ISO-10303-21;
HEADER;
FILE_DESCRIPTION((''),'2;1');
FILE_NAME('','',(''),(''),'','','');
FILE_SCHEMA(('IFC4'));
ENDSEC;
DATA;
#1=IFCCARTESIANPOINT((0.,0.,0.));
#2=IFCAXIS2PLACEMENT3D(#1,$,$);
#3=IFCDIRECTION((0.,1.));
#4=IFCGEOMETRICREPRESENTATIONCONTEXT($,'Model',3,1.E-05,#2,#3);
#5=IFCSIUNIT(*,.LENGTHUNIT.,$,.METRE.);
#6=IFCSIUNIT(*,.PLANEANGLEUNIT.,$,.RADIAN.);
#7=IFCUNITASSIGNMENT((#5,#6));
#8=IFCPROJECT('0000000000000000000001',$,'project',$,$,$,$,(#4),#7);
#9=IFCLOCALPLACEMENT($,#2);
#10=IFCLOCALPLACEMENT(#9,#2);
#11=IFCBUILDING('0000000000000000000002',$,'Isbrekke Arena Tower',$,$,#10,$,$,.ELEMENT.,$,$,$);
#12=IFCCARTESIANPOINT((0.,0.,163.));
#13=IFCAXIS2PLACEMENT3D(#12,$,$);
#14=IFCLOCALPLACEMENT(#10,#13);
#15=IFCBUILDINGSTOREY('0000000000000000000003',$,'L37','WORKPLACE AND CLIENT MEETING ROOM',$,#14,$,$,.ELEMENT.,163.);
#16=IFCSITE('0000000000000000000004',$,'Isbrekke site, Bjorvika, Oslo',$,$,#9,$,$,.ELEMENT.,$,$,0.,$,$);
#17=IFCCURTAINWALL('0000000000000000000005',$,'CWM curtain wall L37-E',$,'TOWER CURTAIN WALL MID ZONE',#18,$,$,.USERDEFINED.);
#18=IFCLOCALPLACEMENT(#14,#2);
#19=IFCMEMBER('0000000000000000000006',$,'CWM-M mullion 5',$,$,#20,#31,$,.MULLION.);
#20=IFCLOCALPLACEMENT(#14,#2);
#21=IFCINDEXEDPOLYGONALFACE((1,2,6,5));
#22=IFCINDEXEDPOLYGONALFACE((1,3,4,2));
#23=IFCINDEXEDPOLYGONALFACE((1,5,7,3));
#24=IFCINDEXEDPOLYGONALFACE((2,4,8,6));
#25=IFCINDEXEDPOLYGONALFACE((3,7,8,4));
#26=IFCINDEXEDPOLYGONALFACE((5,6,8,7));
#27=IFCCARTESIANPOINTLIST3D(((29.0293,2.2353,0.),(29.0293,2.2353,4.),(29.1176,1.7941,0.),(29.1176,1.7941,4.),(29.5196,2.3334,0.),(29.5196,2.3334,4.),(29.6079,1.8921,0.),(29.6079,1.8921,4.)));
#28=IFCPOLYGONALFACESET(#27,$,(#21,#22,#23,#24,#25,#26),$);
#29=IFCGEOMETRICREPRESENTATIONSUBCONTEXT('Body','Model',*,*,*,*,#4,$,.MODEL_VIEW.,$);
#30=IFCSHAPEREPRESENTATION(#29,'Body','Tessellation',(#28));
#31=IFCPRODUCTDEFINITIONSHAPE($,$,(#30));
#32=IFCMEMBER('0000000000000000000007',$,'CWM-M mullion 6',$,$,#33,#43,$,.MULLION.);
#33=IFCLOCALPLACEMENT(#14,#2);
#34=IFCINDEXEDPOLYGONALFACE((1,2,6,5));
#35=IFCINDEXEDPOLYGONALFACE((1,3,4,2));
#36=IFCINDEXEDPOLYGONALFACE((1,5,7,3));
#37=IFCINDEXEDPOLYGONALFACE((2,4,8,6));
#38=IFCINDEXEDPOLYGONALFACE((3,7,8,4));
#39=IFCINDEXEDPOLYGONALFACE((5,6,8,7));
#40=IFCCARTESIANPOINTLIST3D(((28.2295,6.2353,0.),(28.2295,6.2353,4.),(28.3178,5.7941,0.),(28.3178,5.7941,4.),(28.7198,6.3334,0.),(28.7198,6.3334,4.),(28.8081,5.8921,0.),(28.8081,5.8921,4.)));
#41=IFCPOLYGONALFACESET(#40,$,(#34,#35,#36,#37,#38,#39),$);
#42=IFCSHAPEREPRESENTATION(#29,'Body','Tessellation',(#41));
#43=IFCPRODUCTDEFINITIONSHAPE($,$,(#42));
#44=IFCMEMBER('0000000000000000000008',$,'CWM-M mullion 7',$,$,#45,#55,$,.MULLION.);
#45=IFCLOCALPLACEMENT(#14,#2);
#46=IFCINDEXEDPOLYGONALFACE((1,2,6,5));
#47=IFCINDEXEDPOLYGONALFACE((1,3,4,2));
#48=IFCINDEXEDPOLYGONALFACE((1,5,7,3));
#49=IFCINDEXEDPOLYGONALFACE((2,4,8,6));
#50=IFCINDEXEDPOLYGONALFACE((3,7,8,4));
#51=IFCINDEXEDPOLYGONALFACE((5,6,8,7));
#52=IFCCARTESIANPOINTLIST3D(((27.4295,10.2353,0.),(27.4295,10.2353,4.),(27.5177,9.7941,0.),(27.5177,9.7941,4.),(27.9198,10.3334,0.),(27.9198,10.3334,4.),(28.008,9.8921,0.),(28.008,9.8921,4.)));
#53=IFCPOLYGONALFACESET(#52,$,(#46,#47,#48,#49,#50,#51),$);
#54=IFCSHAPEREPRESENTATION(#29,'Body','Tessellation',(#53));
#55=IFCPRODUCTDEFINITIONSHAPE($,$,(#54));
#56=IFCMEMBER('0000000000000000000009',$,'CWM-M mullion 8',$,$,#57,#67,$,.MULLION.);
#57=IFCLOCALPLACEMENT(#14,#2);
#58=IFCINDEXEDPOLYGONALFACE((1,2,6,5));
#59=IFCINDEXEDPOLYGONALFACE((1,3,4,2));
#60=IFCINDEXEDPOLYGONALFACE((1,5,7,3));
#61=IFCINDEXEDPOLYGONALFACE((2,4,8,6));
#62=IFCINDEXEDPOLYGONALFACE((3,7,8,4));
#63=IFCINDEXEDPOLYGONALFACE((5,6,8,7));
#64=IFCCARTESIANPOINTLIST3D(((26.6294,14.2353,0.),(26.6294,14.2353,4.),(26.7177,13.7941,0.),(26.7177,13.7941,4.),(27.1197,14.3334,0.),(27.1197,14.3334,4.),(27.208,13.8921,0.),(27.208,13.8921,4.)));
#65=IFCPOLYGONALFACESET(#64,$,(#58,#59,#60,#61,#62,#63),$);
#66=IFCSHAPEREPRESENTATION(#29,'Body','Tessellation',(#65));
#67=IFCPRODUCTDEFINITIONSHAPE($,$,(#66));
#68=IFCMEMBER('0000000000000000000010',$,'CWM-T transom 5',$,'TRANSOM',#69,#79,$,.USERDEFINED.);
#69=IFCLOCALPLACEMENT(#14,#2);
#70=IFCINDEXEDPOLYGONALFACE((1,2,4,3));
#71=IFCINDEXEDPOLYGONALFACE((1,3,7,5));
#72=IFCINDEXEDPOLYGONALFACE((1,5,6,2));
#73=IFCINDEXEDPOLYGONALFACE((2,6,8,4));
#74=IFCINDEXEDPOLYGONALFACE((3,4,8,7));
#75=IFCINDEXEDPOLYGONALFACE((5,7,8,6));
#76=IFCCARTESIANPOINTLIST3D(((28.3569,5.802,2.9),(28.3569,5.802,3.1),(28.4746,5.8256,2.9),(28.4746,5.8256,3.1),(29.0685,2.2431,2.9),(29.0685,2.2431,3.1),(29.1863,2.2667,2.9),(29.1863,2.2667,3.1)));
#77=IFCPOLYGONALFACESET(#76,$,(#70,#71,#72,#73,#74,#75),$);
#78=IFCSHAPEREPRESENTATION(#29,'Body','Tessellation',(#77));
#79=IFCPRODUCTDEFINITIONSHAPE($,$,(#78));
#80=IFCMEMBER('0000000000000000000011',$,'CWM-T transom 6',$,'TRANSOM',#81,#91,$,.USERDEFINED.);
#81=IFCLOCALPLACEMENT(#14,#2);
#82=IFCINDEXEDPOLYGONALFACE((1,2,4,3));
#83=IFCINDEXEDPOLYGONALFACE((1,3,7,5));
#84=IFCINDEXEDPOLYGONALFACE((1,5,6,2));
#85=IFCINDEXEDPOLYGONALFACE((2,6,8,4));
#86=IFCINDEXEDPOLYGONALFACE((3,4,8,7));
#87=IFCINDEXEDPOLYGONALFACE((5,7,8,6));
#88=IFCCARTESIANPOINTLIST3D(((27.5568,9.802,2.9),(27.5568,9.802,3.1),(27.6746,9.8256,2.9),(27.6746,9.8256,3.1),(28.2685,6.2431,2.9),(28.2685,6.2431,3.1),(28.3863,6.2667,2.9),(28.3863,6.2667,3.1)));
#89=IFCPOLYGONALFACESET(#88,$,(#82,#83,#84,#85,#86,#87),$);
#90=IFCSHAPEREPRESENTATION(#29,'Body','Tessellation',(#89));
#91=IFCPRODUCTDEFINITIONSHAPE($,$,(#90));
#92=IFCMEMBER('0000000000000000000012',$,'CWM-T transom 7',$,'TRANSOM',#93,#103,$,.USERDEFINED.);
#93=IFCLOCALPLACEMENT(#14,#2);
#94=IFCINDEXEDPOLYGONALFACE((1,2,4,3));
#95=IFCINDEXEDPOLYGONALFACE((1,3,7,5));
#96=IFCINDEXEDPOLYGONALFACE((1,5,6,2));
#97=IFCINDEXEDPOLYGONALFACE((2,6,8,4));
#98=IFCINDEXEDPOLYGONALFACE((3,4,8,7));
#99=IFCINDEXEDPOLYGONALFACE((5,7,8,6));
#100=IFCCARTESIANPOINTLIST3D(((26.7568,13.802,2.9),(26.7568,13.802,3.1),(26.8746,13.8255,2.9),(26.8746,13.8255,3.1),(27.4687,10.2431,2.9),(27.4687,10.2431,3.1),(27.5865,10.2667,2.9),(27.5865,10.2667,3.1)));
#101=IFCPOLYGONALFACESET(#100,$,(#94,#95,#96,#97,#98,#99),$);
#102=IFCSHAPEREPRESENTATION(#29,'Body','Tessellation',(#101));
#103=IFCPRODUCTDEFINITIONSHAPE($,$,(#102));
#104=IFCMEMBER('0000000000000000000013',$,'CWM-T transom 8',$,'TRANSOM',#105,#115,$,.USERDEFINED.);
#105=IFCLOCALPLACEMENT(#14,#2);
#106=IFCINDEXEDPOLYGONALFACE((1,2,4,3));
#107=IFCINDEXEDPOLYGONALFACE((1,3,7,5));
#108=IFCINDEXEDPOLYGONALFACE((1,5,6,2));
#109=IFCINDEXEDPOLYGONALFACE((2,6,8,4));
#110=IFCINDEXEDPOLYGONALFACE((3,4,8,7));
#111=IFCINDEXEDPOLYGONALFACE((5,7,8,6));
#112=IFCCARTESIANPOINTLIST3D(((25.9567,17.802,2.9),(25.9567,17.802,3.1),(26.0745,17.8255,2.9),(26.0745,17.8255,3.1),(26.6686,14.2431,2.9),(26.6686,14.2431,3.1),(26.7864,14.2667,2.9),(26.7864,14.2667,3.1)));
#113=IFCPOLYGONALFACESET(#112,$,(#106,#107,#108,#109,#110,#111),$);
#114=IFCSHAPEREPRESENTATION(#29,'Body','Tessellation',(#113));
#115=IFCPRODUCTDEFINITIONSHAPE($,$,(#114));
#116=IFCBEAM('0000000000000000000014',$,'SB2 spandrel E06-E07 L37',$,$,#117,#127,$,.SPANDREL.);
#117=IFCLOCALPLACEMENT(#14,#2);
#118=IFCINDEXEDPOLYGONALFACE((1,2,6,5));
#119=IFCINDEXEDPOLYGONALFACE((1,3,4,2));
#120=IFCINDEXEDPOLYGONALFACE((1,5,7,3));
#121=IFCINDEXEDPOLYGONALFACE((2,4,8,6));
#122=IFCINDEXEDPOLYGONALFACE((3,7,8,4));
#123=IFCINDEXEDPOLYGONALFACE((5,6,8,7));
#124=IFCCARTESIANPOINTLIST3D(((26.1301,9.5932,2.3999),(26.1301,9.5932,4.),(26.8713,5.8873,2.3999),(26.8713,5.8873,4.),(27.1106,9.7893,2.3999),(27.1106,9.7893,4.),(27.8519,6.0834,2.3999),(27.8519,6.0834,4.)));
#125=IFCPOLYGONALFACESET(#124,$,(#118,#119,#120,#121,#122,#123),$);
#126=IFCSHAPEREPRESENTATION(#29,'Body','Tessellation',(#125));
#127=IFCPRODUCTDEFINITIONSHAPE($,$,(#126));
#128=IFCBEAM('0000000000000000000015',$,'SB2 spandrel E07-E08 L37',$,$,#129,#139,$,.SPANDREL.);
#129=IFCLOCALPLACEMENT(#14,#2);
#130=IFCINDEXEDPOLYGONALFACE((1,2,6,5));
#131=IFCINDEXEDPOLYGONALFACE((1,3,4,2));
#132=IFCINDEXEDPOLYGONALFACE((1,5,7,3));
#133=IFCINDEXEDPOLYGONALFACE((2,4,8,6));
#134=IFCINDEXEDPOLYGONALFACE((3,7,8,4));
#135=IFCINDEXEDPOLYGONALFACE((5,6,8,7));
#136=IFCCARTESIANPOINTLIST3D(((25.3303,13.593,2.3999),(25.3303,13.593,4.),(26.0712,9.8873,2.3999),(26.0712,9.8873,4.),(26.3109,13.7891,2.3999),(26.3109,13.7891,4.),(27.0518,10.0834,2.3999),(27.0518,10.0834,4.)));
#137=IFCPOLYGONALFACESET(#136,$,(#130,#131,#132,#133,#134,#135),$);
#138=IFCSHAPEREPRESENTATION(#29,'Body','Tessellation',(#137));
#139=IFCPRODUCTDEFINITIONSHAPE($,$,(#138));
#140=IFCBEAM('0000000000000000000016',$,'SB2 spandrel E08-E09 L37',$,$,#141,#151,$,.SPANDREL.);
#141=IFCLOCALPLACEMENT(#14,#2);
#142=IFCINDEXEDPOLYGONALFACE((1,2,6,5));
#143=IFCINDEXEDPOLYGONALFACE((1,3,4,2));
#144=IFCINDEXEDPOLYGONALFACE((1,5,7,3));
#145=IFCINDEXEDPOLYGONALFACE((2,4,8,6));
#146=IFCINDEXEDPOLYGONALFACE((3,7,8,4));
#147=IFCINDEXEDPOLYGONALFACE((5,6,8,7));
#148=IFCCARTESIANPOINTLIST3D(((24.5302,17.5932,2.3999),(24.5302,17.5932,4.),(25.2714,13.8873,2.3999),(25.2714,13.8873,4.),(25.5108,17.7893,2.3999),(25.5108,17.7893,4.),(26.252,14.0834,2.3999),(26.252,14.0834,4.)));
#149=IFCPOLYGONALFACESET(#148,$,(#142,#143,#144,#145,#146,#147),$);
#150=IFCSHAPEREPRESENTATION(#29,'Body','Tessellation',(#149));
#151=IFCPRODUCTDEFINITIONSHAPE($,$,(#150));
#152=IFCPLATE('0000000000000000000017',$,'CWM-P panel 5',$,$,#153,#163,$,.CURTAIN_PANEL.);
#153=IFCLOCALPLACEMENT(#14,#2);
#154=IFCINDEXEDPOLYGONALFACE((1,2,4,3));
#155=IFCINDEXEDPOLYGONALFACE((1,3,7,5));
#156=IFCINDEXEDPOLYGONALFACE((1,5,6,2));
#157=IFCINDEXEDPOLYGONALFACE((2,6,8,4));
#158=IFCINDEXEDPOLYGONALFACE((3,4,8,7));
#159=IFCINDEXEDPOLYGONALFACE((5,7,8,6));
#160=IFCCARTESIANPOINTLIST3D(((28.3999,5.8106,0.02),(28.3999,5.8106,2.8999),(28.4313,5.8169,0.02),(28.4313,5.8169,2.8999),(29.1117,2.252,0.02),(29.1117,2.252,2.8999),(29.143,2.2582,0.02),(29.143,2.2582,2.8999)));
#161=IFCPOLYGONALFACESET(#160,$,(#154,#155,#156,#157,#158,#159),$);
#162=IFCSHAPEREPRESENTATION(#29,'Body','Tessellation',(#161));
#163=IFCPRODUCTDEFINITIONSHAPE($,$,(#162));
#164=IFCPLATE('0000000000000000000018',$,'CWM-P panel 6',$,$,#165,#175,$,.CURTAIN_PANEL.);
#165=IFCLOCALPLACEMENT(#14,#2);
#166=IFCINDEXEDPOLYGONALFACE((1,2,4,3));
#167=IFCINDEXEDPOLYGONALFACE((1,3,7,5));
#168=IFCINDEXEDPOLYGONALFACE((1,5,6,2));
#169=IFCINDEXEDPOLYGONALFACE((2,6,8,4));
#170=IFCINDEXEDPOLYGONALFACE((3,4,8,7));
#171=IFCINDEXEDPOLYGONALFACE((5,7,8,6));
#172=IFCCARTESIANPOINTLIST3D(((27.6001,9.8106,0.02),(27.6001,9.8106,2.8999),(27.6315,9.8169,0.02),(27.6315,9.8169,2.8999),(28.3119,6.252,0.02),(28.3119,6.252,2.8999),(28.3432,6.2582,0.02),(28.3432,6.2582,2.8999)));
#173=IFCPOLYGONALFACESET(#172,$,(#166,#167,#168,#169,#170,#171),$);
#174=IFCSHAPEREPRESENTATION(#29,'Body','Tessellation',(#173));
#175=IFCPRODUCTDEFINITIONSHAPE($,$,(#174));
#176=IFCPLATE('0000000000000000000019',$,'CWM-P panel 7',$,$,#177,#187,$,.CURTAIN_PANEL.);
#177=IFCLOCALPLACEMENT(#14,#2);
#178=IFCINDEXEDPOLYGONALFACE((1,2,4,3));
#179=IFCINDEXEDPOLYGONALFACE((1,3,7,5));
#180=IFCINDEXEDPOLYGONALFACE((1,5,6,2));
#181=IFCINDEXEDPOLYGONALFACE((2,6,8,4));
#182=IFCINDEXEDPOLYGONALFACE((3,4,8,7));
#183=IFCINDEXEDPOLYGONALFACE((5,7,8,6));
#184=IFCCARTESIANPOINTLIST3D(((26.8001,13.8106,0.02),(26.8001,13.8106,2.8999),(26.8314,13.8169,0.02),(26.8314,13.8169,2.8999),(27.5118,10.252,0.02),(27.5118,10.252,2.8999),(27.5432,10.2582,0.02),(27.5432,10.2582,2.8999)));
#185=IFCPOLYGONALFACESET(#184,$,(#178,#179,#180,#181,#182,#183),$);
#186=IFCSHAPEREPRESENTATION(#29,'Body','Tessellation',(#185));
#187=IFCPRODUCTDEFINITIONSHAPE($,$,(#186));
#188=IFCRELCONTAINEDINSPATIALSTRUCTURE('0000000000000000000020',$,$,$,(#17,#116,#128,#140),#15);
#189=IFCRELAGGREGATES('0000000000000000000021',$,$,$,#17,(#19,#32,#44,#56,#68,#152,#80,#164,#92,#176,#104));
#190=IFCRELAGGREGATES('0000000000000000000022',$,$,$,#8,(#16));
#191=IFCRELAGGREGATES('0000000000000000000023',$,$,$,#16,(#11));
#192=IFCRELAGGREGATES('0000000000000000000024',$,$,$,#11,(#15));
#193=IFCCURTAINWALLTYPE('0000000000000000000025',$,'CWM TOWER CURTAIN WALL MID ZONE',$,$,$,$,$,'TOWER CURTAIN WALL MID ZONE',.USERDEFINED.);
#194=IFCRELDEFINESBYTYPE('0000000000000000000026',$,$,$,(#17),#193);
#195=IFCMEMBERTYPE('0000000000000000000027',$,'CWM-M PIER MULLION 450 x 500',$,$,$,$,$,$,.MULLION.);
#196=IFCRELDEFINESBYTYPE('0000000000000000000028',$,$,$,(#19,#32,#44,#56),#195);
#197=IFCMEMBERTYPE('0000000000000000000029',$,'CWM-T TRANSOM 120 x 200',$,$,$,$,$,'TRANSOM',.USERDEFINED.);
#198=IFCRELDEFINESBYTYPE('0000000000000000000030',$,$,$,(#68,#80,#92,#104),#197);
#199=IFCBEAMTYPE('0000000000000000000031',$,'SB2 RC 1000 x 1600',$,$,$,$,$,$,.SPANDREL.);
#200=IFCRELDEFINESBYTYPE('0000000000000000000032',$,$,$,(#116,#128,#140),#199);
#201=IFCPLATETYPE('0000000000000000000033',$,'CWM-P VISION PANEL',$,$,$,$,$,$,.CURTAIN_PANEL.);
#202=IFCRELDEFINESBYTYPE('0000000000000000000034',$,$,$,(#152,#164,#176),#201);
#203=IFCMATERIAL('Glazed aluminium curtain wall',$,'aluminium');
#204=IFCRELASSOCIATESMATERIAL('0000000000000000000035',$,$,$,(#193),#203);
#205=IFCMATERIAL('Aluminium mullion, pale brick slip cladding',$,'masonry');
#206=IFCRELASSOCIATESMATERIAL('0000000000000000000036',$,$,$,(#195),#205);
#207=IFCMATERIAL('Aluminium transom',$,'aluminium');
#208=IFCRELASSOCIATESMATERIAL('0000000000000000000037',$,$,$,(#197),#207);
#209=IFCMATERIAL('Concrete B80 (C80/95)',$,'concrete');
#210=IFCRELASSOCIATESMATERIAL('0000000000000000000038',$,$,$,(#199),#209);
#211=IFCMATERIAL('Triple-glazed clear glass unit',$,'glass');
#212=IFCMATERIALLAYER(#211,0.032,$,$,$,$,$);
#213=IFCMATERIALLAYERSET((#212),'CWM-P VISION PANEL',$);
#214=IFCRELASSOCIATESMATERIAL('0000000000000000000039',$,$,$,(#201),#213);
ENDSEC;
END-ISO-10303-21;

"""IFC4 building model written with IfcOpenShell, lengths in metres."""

from ifc_helpers import new_model, si_unit, direction, frame, origin, origin_2d, place, context, subcontext, project, spatial, rectangle, extrude, material, layer, layer_set, material_profile, profile_set, type_object, element, aggregate, save


model = new_model("IFC4")

# Units and contexts
model_context = context("Model", 3, precision=1e-05, world=origin(), true_north=direction((0.0, 1.0)))
body_context = subcontext(model_context, "Body", "Model", "MODEL_VIEW")
ifc_project = project(units=[si_unit("LENGTHUNIT", "METRE"), si_unit("PLANEANGLEUNIT", "RADIAN")], contexts=[model_context])

# Site, building, storey
site_placement = place(None, origin())
site = spatial("IfcSite", under=ifc_project, at=site_placement, Name="Isbrekke site, Bjorvika, Oslo", CompositionType="ELEMENT", RefElevation=0.0)
building_placement = place(site_placement, origin())
building = spatial("IfcBuilding", under=site, at=building_placement, Name="Isbrekke Arena Tower", CompositionType="ELEMENT")
storey_placement = place(building_placement, frame((0.0, 0.0, 163.0)))
storey = spatial("IfcBuildingStorey", under=building, at=storey_placement, Name="L37", Description="WORKPLACE AND CLIENT MEETING ROOM", CompositionType="ELEMENT", Elevation=163.0)

# Curtain wall, members
ifc_material_1 = material(Name="Glazed aluminium curtain wall", Category="aluminium")
curtain_wall_type = type_object("IfcCurtainWallType", Name="CWM TOWER CURTAIN WALL MID ZONE", ElementType="TOWER CURTAIN WALL MID ZONE", PredefinedType="USERDEFINED", material=ifc_material_1)
curtain_wall_placement = place(storey_placement, origin())
curtain_wall = element("IfcCurtainWall", 1, at=curtain_wall_placement, inside=storey, type_object=curtain_wall_type, Name="CWM curtain wall L37-E", ObjectType="TOWER CURTAIN WALL MID ZONE", PredefinedType="USERDEFINED")
ifc_material_2 = material(Name="Aluminium mullion, pale brick slip cladding", Category="masonry")
ifc_material_profile_1 = material_profile(ifc_material_2, rectangle(XDim=0.45, YDim=0.5, at=origin_2d()), Name="PIER 450X500")
ifc_profile_set_1 = profile_set([ifc_material_profile_1], Name="Aluminium mullion, pale brick slip cladding")
member_type_1 = type_object("IfcMemberType", Name="CWM-M PIER MULLION 450 x 500", PredefinedType="MULLION", material=ifc_profile_set_1)
member_1_placement = place(storey_placement, frame((29.3186, 2.0637, 0.0), z_axis=(0.0, 0.0, 1.0), x_axis=(-0.196116, 0.980581, 0.0)))
member_1 = element("IfcMember", 2, at=member_1_placement, type_object=member_type_1, Name="CWM-M mullion 5", PredefinedType="MULLION", context=body_context, shape_type="SweptSolid", body=[
    extrude(rectangle(XDim=0.45, YDim=0.5, at=origin_2d()), origin(), (0.0, 0.0, 1.0), 4.0),
])
member_2_placement = place(storey_placement, frame((28.5188, 6.0637, 0.0), z_axis=(0.0, 0.0, 1.0), x_axis=(-0.196116, 0.980581, 0.0)))
member_2 = element("IfcMember", 3, at=member_2_placement, type_object=member_type_1, Name="CWM-M mullion 6", PredefinedType="MULLION", context=body_context, shape_type="SweptSolid", body=[
    extrude(rectangle(XDim=0.45, YDim=0.5, at=origin_2d()), origin(), (0.0, 0.0, 1.0), 4.0),
])
member_3_placement = place(storey_placement, frame((27.7188, 10.0637, 0.0), z_axis=(0.0, 0.0, 1.0), x_axis=(-0.196116, 0.980581, 0.0)))
member_3 = element("IfcMember", 4, at=member_3_placement, type_object=member_type_1, Name="CWM-M mullion 7", PredefinedType="MULLION", context=body_context, shape_type="SweptSolid", body=[
    extrude(rectangle(XDim=0.45, YDim=0.5, at=origin_2d()), origin(), (0.0, 0.0, 1.0), 4.0),
])
member_4_placement = place(storey_placement, frame((26.9187, 14.0637, 0.0), z_axis=(0.0, 0.0, 1.0), x_axis=(-0.196116, 0.980581, 0.0)))
member_4 = element("IfcMember", 5, at=member_4_placement, type_object=member_type_1, Name="CWM-M mullion 8", PredefinedType="MULLION", context=body_context, shape_type="SweptSolid", body=[
    extrude(rectangle(XDim=0.45, YDim=0.5, at=origin_2d()), origin(), (0.0, 0.0, 1.0), 4.0),
])
ifc_material_3 = material(Name="Aluminium transom", Category="aluminium")
ifc_material_profile_2 = material_profile(ifc_material_3, rectangle(XDim=0.1201, YDim=0.2, at=origin_2d()), Name="TRANSOM 120X200")
ifc_profile_set_2 = profile_set([ifc_material_profile_2], Name="Aluminium transom")
member_type_2 = type_object("IfcMemberType", Name="CWM-T TRANSOM 120 x 200", ElementType="TRANSOM", PredefinedType="USERDEFINED", material=ifc_profile_set_2)
member_5_placement = place(storey_placement, frame((29.1274, 2.2549, 3.0), z_axis=(-0.19609, 0.980586, 0.0), x_axis=(-0.980586, -0.19609, 0.0)))
member_5 = element("IfcMember", 6, at=member_5_placement, type_object=member_type_2, Name="CWM-T transom 5", ObjectType="TRANSOM", PredefinedType="USERDEFINED", context=body_context, shape_type="SweptSolid", body=[
    extrude(rectangle(XDim=0.1201, YDim=0.2, at=origin_2d()), origin(), (0.0, 0.0, 1.0), 3.6294),
])
member_6_placement = place(storey_placement, frame((28.3274, 6.2549, 3.0), z_axis=(-0.19609, 0.980586, 0.0), x_axis=(-0.980586, -0.19609, 0.0)))
member_6 = element("IfcMember", 7, at=member_6_placement, type_object=member_type_2, Name="CWM-T transom 6", ObjectType="TRANSOM", PredefinedType="USERDEFINED", context=body_context, shape_type="SweptSolid", body=[
    extrude(rectangle(XDim=0.1201, YDim=0.2, at=origin_2d()), origin(), (0.0, 0.0, 1.0), 3.6294),
])
member_7_placement = place(storey_placement, frame((27.5276, 10.2549, 3.0), z_axis=(-0.196155, 0.980573, 0.0), x_axis=(-0.980573, -0.196155, 0.0)))
member_7 = element("IfcMember", 8, at=member_7_placement, type_object=member_type_2, Name="CWM-T transom 7", ObjectType="TRANSOM", PredefinedType="USERDEFINED", context=body_context, shape_type="SweptSolid", body=[
    extrude(rectangle(XDim=0.1201, YDim=0.2, at=origin_2d()), origin(), (0.0, 0.0, 1.0), 3.6294),
])
member_8_placement = place(storey_placement, frame((26.7275, 14.2549, 3.0), z_axis=(-0.196155, 0.980573, 0.0), x_axis=(-0.980573, -0.196155, 0.0)))
member_8 = element("IfcMember", 9, at=member_8_placement, type_object=member_type_2, Name="CWM-T transom 8", ObjectType="TRANSOM", PredefinedType="USERDEFINED", context=body_context, shape_type="SweptSolid", body=[
    extrude(rectangle(XDim=0.1201, YDim=0.2, at=origin_2d()), origin(), (0.0, 0.0, 1.0), 3.6294),
])

# Beams
ifc_material_4 = material(Name="Concrete B80 (C80/95)", Category="concrete")
ifc_material_profile_3 = material_profile(ifc_material_4, rectangle(XDim=1.0, YDim=1.6001, at=origin_2d()), Name="RC 1000x1600")
ifc_profile_set_3 = profile_set([ifc_material_profile_3], Name="Concrete B80 (C80/95)")
beam_type_1 = type_object("IfcBeamType", Name="SB2 RC 1000 x 1600", PredefinedType="SPANDREL", material=ifc_profile_set_3)
beam_1_placement = place(storey_placement, frame((27.3616, 5.9854, 3.2), z_axis=(-0.196129, 0.980578, 0.0), x_axis=(-0.980578, -0.196129, 0.0)))
element("IfcBeam", 10, at=beam_1_placement, inside=storey, type_object=beam_type_1, Name="SB2 spandrel E06-E07 L37", PredefinedType="SPANDREL", context=body_context, shape_type="SweptSolid", body=[
    extrude(rectangle(XDim=1.0, YDim=1.6001, at=origin_2d()), origin(), (0.0, 0.0, 1.0), 3.7793),
])
beam_2_placement = place(storey_placement, frame((26.5615, 9.9854, 3.2), z_axis=(-0.196066, 0.980591, 0.0), x_axis=(-0.980591, -0.196066, 0.0)))
element("IfcBeam", 11, at=beam_2_placement, inside=storey, type_object=beam_type_1, Name="SB2 spandrel E07-E08 L37", PredefinedType="SPANDREL", context=body_context, shape_type="SweptSolid", body=[
    extrude(rectangle(XDim=1.0, YDim=1.6001, at=origin_2d()), origin(), (0.0, 0.0, 1.0), 3.7791),
])
beam_3_placement = place(storey_placement, frame((25.7617, 13.9854, 3.2), z_axis=(-0.196129, 0.980578, 0.0), x_axis=(-0.980578, -0.196129, 0.0)))
element("IfcBeam", 12, at=beam_3_placement, inside=storey, type_object=beam_type_1, Name="SB2 spandrel E08-E09 L37", PredefinedType="SPANDREL", context=body_context, shape_type="SweptSolid", body=[
    extrude(rectangle(XDim=1.0, YDim=1.6001, at=origin_2d()), origin(), (0.0, 0.0, 1.0), 3.7793),
])

# Plates
ifc_material_5 = material(Name="Triple-glazed clear glass unit", Category="glass")
ifc_layer_1 = layer(ifc_material_5, 0.032)
ifc_layer_set_1 = layer_set([ifc_layer_1], Name="CWM-P VISION PANEL")
plate_type = type_object("IfcPlateType", Name="CWM-P VISION PANEL", PredefinedType="CURTAIN_PANEL", material=ifc_layer_set_1)
plate_1_placement = place(storey_placement, frame((28.7715, 4.0344, 0.02), z_axis=(0.0, 0.0, 1.0), x_axis=(-0.196116, 0.980581, 0.0)))
plate_1 = element("IfcPlate", 13, at=plate_1_placement, type_object=plate_type, Name="CWM-P panel 5", PredefinedType="CURTAIN_PANEL", context=body_context, shape_type="SweptSolid", body=[
    extrude(rectangle(XDim=3.6292, YDim=0.032, at=origin_2d()), origin(), (0.0, 0.0, 1.0), 2.8799),
])
plate_2_placement = place(storey_placement, frame((27.9717, 8.0344, 0.02), z_axis=(0.0, 0.0, 1.0), x_axis=(-0.196116, 0.980581, 0.0)))
plate_2 = element("IfcPlate", 14, at=plate_2_placement, type_object=plate_type, Name="CWM-P panel 6", PredefinedType="CURTAIN_PANEL", context=body_context, shape_type="SweptSolid", body=[
    extrude(rectangle(XDim=3.6292, YDim=0.032, at=origin_2d()), origin(), (0.0, 0.0, 1.0), 2.8799),
])
plate_3_placement = place(storey_placement, frame((27.1716, 12.0344, 0.02), z_axis=(0.0, 0.0, 1.0), x_axis=(-0.196116, 0.980581, 0.0)))
plate_3 = element("IfcPlate", 15, at=plate_3_placement, type_object=plate_type, Name="CWM-P panel 7", PredefinedType="CURTAIN_PANEL", context=body_context, shape_type="SweptSolid", body=[
    extrude(rectangle(XDim=3.6292, YDim=0.032, at=origin_2d()), origin(), (0.0, 0.0, 1.0), 2.8799),
])
aggregate(curtain_wall, [member_1, member_2, member_3, member_4, member_5, plate_1, member_6, plate_2, member_7, plate_3, member_8])

save(model, "model.ifc")
